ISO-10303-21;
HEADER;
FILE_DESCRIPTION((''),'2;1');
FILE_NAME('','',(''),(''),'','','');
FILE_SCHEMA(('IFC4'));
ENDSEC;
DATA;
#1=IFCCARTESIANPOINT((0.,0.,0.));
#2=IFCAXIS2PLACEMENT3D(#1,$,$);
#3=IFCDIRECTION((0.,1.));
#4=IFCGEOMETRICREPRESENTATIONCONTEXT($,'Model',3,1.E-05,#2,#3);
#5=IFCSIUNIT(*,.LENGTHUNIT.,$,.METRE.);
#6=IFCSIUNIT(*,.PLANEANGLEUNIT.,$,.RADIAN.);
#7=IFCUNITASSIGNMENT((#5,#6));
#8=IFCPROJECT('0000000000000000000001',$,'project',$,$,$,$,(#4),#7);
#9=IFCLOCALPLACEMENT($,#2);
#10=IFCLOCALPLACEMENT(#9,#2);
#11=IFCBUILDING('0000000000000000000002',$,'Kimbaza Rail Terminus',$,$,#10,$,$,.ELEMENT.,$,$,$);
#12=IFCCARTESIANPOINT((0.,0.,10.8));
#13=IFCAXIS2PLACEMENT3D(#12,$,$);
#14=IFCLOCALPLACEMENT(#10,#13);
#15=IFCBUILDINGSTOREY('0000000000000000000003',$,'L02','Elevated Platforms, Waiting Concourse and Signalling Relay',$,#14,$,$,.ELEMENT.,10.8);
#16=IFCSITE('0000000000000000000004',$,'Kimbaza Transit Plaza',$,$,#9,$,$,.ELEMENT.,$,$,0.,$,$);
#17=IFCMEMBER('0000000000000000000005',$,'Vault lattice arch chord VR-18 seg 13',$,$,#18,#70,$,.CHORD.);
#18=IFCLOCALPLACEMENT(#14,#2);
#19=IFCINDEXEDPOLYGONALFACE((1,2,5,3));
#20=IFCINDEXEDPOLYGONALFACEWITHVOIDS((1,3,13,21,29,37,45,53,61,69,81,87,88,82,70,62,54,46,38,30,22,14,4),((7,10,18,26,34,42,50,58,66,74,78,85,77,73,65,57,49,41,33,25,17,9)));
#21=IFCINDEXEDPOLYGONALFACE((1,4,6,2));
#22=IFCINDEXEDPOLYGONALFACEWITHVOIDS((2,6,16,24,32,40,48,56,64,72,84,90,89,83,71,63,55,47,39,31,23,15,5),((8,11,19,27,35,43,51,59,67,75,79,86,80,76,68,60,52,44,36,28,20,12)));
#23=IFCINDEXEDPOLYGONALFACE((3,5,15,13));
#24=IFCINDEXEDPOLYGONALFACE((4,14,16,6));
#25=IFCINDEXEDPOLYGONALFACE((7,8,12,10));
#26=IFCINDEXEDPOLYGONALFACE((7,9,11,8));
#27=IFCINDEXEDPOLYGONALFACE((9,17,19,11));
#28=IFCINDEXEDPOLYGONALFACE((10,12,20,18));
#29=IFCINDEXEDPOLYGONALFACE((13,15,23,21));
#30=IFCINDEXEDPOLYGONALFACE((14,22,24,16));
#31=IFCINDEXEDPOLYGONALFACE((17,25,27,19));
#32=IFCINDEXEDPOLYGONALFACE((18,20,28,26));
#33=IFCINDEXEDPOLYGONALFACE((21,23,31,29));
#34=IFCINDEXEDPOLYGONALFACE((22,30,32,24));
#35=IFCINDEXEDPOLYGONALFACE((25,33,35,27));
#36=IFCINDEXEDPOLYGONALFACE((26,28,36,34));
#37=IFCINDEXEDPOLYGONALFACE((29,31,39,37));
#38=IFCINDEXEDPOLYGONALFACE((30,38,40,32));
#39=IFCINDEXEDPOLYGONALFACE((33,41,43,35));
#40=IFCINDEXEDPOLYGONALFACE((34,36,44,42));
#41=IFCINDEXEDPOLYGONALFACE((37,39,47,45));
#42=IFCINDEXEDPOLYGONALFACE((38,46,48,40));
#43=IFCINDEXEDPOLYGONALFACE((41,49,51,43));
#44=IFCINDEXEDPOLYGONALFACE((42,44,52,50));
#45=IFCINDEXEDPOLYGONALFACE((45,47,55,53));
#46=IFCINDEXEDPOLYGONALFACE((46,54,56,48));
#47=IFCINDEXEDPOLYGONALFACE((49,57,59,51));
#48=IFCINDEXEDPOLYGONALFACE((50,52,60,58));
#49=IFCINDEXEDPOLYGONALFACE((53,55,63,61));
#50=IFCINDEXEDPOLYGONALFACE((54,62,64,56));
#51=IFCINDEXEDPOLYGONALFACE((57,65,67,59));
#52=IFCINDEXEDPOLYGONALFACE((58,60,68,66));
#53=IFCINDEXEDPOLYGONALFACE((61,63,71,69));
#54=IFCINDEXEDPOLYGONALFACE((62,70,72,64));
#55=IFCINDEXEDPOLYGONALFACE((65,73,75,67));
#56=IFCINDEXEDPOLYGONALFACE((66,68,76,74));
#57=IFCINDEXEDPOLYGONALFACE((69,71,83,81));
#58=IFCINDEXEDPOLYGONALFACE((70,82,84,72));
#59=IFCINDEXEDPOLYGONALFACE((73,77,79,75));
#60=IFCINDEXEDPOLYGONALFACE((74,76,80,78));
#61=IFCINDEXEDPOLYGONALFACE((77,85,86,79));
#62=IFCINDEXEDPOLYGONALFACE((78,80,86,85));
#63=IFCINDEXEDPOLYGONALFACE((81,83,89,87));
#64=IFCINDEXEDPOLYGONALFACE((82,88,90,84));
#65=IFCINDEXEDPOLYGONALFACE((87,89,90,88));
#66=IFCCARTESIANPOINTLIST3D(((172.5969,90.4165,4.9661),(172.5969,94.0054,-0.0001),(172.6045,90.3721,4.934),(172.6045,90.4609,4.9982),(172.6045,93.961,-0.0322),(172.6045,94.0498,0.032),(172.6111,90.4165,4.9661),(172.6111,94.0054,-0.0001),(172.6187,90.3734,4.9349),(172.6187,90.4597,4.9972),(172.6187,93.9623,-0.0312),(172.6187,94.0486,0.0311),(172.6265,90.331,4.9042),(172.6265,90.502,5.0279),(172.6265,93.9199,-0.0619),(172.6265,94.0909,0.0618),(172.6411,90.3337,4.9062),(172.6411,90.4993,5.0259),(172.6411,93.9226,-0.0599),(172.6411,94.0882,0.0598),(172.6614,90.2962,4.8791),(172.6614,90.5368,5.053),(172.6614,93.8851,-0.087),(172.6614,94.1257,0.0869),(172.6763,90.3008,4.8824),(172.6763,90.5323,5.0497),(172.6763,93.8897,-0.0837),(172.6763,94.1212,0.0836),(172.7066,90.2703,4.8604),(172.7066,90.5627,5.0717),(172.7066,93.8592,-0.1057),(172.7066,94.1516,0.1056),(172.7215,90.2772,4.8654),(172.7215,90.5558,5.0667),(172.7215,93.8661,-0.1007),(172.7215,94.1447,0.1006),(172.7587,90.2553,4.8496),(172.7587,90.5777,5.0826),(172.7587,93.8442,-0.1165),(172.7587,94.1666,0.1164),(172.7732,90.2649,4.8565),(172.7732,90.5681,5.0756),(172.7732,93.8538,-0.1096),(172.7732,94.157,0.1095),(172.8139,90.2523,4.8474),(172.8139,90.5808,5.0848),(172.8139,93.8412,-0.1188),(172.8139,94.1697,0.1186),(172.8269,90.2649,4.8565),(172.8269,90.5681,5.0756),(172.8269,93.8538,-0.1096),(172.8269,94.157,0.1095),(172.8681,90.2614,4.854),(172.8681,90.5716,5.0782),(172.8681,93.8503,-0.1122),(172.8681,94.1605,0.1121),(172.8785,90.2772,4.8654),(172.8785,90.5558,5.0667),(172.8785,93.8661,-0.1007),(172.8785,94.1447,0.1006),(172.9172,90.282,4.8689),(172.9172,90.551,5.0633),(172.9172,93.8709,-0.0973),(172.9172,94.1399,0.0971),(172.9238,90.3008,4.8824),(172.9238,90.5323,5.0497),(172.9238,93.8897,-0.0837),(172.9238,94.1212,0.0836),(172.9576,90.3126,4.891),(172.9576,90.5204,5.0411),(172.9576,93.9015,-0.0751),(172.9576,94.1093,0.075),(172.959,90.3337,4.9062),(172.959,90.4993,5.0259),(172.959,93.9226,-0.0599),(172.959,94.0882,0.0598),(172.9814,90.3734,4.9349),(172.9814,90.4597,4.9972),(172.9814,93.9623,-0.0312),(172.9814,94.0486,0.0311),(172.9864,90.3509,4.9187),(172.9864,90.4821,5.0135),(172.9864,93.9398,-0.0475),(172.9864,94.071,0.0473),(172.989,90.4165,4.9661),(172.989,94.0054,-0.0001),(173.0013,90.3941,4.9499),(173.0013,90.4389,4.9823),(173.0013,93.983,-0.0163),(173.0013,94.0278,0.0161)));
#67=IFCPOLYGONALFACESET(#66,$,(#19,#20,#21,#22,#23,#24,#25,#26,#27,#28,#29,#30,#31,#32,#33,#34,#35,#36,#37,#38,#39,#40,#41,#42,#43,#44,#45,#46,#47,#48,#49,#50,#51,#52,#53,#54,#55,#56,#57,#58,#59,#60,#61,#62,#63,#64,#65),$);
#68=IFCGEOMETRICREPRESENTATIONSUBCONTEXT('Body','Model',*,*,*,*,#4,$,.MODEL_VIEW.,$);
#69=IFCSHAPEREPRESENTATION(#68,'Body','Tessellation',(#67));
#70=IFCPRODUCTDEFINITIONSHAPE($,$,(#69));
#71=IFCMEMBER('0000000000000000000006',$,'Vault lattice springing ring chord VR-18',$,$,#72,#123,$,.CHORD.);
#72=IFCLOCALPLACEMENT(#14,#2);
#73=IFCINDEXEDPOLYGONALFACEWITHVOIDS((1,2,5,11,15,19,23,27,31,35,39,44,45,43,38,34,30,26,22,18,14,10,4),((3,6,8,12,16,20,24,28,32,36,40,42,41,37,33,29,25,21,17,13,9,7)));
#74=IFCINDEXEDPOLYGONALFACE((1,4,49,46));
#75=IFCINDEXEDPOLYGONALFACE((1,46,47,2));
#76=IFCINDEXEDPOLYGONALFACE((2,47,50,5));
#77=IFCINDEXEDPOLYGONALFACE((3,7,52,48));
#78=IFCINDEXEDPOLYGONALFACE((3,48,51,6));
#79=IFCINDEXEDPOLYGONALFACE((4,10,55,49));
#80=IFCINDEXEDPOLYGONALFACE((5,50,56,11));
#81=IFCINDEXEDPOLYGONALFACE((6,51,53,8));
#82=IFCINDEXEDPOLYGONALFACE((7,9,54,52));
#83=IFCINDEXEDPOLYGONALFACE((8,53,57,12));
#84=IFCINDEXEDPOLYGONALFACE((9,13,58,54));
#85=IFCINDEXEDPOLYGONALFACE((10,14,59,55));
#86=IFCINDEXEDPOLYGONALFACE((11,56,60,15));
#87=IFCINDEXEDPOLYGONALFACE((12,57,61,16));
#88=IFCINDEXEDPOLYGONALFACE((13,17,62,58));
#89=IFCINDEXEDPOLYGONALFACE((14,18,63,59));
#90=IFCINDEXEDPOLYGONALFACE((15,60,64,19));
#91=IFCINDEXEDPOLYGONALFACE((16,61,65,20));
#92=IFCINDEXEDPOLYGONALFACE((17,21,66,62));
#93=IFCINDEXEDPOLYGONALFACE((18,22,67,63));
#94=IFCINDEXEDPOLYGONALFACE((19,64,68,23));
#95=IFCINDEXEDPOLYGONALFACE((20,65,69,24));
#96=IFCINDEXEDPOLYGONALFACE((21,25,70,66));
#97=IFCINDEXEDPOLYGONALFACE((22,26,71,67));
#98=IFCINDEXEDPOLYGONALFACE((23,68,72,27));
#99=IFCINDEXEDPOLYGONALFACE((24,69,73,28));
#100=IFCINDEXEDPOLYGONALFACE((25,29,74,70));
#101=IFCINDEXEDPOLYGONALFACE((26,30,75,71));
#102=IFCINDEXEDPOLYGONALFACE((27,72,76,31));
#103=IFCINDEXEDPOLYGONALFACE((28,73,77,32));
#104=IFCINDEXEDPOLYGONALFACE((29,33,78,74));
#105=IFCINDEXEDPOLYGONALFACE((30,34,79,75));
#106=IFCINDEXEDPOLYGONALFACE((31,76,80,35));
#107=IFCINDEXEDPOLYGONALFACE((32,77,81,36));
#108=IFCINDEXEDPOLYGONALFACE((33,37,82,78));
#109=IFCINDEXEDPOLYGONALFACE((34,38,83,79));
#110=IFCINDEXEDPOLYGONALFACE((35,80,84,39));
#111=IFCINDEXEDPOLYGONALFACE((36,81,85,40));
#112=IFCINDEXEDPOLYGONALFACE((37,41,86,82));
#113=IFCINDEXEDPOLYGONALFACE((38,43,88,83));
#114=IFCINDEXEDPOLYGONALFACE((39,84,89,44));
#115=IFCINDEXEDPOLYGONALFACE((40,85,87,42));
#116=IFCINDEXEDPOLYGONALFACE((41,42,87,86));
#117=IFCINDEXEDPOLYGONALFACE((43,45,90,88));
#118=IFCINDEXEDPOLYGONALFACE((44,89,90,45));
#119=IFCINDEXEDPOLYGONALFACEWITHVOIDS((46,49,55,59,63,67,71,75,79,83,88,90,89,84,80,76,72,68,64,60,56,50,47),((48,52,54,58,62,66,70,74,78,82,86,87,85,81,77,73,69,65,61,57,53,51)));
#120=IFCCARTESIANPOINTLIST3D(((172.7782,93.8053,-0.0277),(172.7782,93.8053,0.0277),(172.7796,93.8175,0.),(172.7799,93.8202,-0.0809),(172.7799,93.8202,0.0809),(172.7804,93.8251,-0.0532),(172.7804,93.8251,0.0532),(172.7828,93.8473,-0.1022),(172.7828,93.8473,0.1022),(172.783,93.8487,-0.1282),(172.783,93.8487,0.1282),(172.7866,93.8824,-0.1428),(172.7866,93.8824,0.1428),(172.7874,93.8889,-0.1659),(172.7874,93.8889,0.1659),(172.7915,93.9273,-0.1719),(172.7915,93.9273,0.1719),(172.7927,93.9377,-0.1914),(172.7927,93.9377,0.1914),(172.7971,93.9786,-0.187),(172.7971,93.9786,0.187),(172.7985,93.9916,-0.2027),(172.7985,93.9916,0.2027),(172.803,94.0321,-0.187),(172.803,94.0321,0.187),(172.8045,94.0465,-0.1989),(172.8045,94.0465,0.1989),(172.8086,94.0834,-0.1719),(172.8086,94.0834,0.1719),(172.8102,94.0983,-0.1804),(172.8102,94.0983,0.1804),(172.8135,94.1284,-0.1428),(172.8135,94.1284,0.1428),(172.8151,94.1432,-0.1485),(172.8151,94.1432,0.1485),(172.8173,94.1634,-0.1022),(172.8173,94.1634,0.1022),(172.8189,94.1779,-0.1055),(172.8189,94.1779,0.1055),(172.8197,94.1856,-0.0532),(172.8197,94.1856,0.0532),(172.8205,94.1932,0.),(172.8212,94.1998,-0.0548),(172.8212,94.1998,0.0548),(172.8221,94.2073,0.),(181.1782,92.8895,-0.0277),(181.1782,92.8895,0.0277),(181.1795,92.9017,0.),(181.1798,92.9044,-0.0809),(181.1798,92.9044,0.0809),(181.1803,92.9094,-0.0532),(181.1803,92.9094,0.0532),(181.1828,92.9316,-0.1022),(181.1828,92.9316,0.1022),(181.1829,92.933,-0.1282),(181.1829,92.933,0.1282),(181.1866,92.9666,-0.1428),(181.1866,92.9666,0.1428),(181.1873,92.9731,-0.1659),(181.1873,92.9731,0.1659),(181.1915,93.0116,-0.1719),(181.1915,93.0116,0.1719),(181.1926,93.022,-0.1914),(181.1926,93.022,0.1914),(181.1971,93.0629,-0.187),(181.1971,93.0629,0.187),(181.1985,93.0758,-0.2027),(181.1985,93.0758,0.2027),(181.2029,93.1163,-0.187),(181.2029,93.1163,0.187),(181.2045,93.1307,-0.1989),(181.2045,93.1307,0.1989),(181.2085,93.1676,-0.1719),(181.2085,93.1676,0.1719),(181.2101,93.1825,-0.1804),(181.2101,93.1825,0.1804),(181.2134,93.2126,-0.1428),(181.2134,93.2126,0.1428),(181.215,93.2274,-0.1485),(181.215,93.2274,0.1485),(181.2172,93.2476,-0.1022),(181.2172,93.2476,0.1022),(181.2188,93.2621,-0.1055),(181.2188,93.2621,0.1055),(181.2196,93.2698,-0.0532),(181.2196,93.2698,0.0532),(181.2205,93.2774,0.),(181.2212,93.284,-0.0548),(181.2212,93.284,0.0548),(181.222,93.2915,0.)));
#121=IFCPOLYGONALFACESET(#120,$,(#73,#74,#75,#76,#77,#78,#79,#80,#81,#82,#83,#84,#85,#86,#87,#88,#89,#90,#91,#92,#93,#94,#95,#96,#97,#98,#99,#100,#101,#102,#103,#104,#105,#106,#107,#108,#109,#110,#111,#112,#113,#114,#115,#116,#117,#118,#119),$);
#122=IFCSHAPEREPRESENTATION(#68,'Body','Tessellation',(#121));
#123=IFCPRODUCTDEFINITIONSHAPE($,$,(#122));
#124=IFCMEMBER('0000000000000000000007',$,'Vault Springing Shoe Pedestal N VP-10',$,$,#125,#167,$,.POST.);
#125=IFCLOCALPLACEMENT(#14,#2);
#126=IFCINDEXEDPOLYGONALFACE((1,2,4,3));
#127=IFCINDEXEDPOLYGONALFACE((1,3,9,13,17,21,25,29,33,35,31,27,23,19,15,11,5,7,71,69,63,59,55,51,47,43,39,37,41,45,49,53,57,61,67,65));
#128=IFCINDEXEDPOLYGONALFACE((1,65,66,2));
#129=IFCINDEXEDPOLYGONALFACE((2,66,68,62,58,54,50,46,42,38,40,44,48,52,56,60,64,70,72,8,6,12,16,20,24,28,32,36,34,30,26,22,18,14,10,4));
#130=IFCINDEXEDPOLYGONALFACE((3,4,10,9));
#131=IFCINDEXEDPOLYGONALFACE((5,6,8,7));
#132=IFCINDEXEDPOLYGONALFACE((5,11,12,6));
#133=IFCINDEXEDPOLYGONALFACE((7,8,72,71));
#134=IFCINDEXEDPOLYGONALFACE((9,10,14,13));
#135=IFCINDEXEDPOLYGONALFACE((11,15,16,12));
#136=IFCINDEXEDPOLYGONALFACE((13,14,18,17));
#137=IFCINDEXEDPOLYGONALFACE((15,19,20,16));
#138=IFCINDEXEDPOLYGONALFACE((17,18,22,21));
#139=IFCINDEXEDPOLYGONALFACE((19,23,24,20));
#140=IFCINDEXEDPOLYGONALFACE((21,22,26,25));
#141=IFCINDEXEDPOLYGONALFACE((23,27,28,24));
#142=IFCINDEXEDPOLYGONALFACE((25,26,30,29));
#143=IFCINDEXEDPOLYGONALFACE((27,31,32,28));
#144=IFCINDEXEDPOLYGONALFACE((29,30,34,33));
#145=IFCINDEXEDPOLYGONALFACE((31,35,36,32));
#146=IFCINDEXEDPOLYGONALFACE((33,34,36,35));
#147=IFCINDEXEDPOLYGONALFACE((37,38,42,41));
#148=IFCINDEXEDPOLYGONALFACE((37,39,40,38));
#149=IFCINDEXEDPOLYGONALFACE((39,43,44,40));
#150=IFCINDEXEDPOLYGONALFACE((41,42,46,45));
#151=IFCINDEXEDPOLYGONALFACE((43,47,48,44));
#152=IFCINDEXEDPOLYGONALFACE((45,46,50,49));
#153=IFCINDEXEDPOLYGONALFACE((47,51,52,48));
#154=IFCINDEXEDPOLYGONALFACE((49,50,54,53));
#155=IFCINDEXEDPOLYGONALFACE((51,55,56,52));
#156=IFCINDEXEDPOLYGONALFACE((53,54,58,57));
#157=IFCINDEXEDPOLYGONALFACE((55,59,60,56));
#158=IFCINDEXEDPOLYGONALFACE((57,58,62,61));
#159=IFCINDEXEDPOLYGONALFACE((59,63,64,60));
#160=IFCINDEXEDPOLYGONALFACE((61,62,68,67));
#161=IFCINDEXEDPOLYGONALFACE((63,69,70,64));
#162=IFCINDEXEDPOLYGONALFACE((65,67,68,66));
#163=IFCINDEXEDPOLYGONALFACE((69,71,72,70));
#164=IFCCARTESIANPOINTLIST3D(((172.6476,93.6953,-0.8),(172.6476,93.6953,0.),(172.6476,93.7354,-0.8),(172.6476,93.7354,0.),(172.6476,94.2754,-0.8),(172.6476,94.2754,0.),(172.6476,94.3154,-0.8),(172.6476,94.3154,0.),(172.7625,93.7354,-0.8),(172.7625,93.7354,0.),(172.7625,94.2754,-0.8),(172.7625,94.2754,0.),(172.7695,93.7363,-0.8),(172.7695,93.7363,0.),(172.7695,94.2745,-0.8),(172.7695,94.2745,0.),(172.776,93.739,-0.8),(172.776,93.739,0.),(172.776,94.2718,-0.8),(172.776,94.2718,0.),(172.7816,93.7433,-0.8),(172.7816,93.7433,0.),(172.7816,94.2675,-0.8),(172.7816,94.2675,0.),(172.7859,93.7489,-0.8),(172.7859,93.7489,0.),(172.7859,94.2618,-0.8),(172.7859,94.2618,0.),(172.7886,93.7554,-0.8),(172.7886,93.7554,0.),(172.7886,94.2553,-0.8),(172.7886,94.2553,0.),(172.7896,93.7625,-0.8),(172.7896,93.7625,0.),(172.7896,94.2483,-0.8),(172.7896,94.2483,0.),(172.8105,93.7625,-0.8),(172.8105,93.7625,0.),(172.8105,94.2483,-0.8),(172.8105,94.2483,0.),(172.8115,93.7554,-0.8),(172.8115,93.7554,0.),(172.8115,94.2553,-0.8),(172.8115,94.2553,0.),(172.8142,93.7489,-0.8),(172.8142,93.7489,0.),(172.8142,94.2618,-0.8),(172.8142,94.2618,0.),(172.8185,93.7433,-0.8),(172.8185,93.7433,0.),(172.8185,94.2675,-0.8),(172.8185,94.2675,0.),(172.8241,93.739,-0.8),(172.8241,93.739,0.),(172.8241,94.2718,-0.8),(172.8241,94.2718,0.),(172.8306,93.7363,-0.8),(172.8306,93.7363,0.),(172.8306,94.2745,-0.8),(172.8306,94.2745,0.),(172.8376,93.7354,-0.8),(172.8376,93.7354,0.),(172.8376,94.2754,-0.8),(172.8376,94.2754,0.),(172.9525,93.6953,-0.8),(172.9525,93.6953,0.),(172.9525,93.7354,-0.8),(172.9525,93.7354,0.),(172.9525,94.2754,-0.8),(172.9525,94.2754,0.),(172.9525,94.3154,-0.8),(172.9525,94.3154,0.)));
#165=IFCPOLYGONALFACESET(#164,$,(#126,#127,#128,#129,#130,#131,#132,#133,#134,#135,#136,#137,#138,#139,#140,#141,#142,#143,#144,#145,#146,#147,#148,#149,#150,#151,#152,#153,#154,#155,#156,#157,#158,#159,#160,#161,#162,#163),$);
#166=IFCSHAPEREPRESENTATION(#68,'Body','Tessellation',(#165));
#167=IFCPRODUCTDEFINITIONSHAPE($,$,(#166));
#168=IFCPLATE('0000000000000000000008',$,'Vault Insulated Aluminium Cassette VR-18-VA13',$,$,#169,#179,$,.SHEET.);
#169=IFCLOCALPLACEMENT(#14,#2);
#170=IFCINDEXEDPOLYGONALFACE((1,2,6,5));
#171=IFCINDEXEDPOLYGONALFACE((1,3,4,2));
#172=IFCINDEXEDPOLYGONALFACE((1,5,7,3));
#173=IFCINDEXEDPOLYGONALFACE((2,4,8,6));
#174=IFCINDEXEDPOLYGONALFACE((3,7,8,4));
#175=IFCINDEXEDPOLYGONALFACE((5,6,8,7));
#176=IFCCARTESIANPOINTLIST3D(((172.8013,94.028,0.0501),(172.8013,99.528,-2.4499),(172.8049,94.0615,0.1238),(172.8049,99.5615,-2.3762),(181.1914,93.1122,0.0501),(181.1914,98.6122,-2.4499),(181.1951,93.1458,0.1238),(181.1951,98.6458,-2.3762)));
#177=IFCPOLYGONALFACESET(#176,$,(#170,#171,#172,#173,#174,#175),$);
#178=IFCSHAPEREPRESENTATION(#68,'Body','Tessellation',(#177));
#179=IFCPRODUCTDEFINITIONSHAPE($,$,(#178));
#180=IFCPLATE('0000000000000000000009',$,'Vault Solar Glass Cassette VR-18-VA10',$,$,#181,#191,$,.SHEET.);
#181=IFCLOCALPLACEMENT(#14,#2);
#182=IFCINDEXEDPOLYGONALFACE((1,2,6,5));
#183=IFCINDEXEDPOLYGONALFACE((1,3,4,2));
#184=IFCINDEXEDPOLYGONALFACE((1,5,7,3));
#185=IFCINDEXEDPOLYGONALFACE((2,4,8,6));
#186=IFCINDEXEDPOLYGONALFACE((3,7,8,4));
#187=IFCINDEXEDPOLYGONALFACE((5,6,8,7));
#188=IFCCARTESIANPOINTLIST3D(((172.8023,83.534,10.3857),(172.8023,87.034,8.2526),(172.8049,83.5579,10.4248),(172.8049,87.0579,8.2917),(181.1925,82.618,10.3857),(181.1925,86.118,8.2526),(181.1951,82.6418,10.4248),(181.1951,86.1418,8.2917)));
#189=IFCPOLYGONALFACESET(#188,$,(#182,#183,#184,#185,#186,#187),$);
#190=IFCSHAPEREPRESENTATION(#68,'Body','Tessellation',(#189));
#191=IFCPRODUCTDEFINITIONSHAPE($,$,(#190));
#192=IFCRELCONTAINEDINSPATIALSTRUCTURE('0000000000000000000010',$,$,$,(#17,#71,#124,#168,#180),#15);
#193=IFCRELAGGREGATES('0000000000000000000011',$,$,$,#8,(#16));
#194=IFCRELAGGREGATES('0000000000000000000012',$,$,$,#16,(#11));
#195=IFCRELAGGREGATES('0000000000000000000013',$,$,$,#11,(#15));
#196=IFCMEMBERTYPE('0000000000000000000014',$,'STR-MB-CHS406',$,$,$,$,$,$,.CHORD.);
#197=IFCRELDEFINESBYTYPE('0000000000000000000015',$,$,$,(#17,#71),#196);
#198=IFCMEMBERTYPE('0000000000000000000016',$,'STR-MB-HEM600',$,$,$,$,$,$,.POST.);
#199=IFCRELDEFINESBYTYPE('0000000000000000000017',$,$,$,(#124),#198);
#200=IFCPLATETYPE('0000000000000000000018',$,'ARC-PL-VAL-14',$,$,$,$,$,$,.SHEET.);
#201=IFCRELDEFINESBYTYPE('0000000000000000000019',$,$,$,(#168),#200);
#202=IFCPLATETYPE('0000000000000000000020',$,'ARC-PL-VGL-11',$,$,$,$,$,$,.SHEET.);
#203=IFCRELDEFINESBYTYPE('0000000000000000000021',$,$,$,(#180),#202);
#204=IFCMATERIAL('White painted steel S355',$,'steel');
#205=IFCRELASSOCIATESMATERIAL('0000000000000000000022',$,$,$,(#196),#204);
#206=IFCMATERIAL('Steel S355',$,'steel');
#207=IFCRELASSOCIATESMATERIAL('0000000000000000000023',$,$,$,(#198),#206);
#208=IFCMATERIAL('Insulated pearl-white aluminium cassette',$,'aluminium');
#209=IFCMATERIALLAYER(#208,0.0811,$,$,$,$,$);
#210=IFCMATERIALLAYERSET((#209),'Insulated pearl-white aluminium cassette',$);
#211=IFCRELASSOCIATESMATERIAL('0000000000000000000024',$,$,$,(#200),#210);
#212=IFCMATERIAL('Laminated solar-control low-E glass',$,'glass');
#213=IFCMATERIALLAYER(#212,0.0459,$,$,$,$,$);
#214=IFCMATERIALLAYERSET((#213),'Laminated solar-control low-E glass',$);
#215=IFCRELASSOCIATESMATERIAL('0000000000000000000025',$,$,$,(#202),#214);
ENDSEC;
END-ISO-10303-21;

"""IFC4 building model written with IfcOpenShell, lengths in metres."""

from ifc_helpers import new_model, si_unit, direction, frame, origin, origin_2d, place, context, subcontext, project, spatial, polyline, hollow_circle, i_section, outline, extrude, material, layer, layer_set, material_profile, profile_set, type_object, element, save


model = new_model("IFC4")

# Units and contexts
model_context = context("Model", 3, precision=1e-05, world=origin(), true_north=direction((0.0, 1.0)))
body_context = subcontext(model_context, "Body", "Model", "MODEL_VIEW")
ifc_project = project(units=[si_unit("LENGTHUNIT", "METRE"), si_unit("PLANEANGLEUNIT", "RADIAN")], contexts=[model_context])

# Site, building, storey
site_placement = place(None, origin())
site = spatial("IfcSite", under=ifc_project, at=site_placement, Name="Kimbaza Transit Plaza", CompositionType="ELEMENT", RefElevation=0.0)
building_placement = place(site_placement, origin())
building = spatial("IfcBuilding", under=site, at=building_placement, Name="Kimbaza Rail Terminus", CompositionType="ELEMENT")
storey_placement = place(building_placement, frame((0.0, 0.0, 10.8)))
storey = spatial("IfcBuildingStorey", under=building, at=storey_placement, Name="L02", Description="Elevated Platforms, Waiting Concourse and Signalling Relay", CompositionType="ELEMENT", Elevation=10.8)

# Members
ifc_material_1 = material(Name="White painted steel S355", Category="steel")
ifc_material_profile_1 = material_profile(ifc_material_1, hollow_circle(Radius=0.2031, WallThickness=0.0142, at=origin_2d()), Name="CHS 406.4x14.2")
ifc_profile_set_1 = profile_set([ifc_material_profile_1], Name="White painted steel S355")
member_type_1 = type_object("IfcMemberType", Name="STR-MB-CHS406", PredefinedType="CHORD", material=ifc_profile_set_1)
member_1_placement = place(storey_placement, frame((172.8, 90.4165, 4.9661), z_axis=(0.0, 0.585733, -0.810504), x_axis=(-1.0, 0.0, 0.0)))
element("IfcMember", 1, at=member_1_placement, inside=storey, type_object=member_type_1, Name="Vault lattice arch chord VR-18 seg 13", PredefinedType="CHORD", context=body_context, shape_type="SweptSolid", body=[
    extrude(hollow_circle(Radius=0.2031, WallThickness=0.0142, at=origin_2d()), origin(), (0.0, 0.0, 1.0), 6.1272),
])
member_2_placement = place(storey_placement, frame((172.8, 94.0054, 0.0), z_axis=(0.99411, -0.10838, 0.0), x_axis=(0.10838, 0.99411, 0.0)))
element("IfcMember", 2, at=member_2_placement, inside=storey, type_object=member_type_1, Name="Vault lattice springing ring chord VR-18", PredefinedType="CHORD", context=body_context, shape_type="SweptSolid", body=[
    extrude(hollow_circle(Radius=0.2031, WallThickness=0.0142, at=origin_2d()), origin(), (0.0, 0.0, 1.0), 8.4497),
])
ifc_material_2 = material(Name="Steel S355", Category="steel")
ifc_material_profile_2 = material_profile(ifc_material_2, i_section(OverallWidth=0.3049, OverallDepth=0.6201, WebThickness=0.021, FlangeThickness=0.04, FilletRadius=0.0271, at=origin_2d()), Name="HEM 600")
ifc_profile_set_2 = profile_set([ifc_material_profile_2], Name="Steel S355")
member_type_2 = type_object("IfcMemberType", Name="STR-MB-HEM600", PredefinedType="POST", material=ifc_profile_set_2)
member_3_placement = place(storey_placement, frame((172.8, 94.0054, -0.8), z_axis=(0.0, 0.0, 1.0), x_axis=(1.0, 0.0, 0.0)))
element("IfcMember", 3, at=member_3_placement, inside=storey, type_object=member_type_2, Name="Vault Springing Shoe Pedestal N VP-10", PredefinedType="POST", context=body_context, shape_type="SweptSolid", body=[
    extrude(i_section(OverallWidth=0.3049, OverallDepth=0.6201, WebThickness=0.021, FlangeThickness=0.04, FilletRadius=0.0271, at=origin_2d()), origin(), (0.0, 0.0, 1.0), 0.8),
])

# Plates
ifc_material_3 = material(Name="Insulated pearl-white aluminium cassette", Category="aluminium")
ifc_layer_1 = layer(ifc_material_3, 0.0811)
ifc_layer_set_1 = layer_set([ifc_layer_1], Name="Insulated pearl-white aluminium cassette")
plate_type_1 = type_object("IfcPlateType", Name="ARC-PL-VAL-14", PredefinedType="SHEET", material=ifc_layer_set_1)
plate_1_placement = place(storey_placement, frame((172.8049, 94.0615, 0.1238), z_axis=(0.04512, 0.413382, 0.909439), x_axis=(0.994096, -0.108504, 0.0)))
element("IfcPlate", 4, at=plate_1_placement, inside=storey, type_object=plate_type_1, Name="Vault Insulated Aluminium Cassette VR-18-VA13", PredefinedType="SHEET", context=body_context, shape_type="SweptSolid", body=[
    extrude(outline(polyline([(0.0, 0.0), (8.44, 0.0), (7.8432, 6.012), (-0.5968, 6.012), (0.0, 0.0)])), origin(), (0.0, 0.0, -1.0), 0.0811),
])
ifc_material_4 = material(Name="Laminated solar-control low-E glass", Category="glass")
ifc_layer_2 = layer(ifc_material_4, 0.0459)
ifc_layer_set_2 = layer_set([ifc_layer_2], Name="Laminated solar-control low-E glass")
plate_type_2 = type_object("IfcPlateType", Name="ARC-PL-VGL-11", PredefinedType="SHEET", material=ifc_layer_set_2)
plate_2_placement = place(storey_placement, frame((172.8049, 83.5579, 10.4248), z_axis=(0.056726, 0.519576, 0.852539), x_axis=(0.994093, -0.108533, 0.0)))
element("IfcPlate", 5, at=plate_2_placement, inside=storey, type_object=plate_type_2, Name="Vault Solar Glass Cassette VR-18-VA10", PredefinedType="SHEET", context=body_context, shape_type="SweptSolid", body=[
    extrude(outline(polyline([(0.0, 0.0), (8.44, 0.0), (8.0601, 4.0811), (-0.3799, 4.0811), (0.0, 0.0)])), origin(), (0.0, 0.0, -1.0), 0.0459),
])

save(model, "model.ifc")
